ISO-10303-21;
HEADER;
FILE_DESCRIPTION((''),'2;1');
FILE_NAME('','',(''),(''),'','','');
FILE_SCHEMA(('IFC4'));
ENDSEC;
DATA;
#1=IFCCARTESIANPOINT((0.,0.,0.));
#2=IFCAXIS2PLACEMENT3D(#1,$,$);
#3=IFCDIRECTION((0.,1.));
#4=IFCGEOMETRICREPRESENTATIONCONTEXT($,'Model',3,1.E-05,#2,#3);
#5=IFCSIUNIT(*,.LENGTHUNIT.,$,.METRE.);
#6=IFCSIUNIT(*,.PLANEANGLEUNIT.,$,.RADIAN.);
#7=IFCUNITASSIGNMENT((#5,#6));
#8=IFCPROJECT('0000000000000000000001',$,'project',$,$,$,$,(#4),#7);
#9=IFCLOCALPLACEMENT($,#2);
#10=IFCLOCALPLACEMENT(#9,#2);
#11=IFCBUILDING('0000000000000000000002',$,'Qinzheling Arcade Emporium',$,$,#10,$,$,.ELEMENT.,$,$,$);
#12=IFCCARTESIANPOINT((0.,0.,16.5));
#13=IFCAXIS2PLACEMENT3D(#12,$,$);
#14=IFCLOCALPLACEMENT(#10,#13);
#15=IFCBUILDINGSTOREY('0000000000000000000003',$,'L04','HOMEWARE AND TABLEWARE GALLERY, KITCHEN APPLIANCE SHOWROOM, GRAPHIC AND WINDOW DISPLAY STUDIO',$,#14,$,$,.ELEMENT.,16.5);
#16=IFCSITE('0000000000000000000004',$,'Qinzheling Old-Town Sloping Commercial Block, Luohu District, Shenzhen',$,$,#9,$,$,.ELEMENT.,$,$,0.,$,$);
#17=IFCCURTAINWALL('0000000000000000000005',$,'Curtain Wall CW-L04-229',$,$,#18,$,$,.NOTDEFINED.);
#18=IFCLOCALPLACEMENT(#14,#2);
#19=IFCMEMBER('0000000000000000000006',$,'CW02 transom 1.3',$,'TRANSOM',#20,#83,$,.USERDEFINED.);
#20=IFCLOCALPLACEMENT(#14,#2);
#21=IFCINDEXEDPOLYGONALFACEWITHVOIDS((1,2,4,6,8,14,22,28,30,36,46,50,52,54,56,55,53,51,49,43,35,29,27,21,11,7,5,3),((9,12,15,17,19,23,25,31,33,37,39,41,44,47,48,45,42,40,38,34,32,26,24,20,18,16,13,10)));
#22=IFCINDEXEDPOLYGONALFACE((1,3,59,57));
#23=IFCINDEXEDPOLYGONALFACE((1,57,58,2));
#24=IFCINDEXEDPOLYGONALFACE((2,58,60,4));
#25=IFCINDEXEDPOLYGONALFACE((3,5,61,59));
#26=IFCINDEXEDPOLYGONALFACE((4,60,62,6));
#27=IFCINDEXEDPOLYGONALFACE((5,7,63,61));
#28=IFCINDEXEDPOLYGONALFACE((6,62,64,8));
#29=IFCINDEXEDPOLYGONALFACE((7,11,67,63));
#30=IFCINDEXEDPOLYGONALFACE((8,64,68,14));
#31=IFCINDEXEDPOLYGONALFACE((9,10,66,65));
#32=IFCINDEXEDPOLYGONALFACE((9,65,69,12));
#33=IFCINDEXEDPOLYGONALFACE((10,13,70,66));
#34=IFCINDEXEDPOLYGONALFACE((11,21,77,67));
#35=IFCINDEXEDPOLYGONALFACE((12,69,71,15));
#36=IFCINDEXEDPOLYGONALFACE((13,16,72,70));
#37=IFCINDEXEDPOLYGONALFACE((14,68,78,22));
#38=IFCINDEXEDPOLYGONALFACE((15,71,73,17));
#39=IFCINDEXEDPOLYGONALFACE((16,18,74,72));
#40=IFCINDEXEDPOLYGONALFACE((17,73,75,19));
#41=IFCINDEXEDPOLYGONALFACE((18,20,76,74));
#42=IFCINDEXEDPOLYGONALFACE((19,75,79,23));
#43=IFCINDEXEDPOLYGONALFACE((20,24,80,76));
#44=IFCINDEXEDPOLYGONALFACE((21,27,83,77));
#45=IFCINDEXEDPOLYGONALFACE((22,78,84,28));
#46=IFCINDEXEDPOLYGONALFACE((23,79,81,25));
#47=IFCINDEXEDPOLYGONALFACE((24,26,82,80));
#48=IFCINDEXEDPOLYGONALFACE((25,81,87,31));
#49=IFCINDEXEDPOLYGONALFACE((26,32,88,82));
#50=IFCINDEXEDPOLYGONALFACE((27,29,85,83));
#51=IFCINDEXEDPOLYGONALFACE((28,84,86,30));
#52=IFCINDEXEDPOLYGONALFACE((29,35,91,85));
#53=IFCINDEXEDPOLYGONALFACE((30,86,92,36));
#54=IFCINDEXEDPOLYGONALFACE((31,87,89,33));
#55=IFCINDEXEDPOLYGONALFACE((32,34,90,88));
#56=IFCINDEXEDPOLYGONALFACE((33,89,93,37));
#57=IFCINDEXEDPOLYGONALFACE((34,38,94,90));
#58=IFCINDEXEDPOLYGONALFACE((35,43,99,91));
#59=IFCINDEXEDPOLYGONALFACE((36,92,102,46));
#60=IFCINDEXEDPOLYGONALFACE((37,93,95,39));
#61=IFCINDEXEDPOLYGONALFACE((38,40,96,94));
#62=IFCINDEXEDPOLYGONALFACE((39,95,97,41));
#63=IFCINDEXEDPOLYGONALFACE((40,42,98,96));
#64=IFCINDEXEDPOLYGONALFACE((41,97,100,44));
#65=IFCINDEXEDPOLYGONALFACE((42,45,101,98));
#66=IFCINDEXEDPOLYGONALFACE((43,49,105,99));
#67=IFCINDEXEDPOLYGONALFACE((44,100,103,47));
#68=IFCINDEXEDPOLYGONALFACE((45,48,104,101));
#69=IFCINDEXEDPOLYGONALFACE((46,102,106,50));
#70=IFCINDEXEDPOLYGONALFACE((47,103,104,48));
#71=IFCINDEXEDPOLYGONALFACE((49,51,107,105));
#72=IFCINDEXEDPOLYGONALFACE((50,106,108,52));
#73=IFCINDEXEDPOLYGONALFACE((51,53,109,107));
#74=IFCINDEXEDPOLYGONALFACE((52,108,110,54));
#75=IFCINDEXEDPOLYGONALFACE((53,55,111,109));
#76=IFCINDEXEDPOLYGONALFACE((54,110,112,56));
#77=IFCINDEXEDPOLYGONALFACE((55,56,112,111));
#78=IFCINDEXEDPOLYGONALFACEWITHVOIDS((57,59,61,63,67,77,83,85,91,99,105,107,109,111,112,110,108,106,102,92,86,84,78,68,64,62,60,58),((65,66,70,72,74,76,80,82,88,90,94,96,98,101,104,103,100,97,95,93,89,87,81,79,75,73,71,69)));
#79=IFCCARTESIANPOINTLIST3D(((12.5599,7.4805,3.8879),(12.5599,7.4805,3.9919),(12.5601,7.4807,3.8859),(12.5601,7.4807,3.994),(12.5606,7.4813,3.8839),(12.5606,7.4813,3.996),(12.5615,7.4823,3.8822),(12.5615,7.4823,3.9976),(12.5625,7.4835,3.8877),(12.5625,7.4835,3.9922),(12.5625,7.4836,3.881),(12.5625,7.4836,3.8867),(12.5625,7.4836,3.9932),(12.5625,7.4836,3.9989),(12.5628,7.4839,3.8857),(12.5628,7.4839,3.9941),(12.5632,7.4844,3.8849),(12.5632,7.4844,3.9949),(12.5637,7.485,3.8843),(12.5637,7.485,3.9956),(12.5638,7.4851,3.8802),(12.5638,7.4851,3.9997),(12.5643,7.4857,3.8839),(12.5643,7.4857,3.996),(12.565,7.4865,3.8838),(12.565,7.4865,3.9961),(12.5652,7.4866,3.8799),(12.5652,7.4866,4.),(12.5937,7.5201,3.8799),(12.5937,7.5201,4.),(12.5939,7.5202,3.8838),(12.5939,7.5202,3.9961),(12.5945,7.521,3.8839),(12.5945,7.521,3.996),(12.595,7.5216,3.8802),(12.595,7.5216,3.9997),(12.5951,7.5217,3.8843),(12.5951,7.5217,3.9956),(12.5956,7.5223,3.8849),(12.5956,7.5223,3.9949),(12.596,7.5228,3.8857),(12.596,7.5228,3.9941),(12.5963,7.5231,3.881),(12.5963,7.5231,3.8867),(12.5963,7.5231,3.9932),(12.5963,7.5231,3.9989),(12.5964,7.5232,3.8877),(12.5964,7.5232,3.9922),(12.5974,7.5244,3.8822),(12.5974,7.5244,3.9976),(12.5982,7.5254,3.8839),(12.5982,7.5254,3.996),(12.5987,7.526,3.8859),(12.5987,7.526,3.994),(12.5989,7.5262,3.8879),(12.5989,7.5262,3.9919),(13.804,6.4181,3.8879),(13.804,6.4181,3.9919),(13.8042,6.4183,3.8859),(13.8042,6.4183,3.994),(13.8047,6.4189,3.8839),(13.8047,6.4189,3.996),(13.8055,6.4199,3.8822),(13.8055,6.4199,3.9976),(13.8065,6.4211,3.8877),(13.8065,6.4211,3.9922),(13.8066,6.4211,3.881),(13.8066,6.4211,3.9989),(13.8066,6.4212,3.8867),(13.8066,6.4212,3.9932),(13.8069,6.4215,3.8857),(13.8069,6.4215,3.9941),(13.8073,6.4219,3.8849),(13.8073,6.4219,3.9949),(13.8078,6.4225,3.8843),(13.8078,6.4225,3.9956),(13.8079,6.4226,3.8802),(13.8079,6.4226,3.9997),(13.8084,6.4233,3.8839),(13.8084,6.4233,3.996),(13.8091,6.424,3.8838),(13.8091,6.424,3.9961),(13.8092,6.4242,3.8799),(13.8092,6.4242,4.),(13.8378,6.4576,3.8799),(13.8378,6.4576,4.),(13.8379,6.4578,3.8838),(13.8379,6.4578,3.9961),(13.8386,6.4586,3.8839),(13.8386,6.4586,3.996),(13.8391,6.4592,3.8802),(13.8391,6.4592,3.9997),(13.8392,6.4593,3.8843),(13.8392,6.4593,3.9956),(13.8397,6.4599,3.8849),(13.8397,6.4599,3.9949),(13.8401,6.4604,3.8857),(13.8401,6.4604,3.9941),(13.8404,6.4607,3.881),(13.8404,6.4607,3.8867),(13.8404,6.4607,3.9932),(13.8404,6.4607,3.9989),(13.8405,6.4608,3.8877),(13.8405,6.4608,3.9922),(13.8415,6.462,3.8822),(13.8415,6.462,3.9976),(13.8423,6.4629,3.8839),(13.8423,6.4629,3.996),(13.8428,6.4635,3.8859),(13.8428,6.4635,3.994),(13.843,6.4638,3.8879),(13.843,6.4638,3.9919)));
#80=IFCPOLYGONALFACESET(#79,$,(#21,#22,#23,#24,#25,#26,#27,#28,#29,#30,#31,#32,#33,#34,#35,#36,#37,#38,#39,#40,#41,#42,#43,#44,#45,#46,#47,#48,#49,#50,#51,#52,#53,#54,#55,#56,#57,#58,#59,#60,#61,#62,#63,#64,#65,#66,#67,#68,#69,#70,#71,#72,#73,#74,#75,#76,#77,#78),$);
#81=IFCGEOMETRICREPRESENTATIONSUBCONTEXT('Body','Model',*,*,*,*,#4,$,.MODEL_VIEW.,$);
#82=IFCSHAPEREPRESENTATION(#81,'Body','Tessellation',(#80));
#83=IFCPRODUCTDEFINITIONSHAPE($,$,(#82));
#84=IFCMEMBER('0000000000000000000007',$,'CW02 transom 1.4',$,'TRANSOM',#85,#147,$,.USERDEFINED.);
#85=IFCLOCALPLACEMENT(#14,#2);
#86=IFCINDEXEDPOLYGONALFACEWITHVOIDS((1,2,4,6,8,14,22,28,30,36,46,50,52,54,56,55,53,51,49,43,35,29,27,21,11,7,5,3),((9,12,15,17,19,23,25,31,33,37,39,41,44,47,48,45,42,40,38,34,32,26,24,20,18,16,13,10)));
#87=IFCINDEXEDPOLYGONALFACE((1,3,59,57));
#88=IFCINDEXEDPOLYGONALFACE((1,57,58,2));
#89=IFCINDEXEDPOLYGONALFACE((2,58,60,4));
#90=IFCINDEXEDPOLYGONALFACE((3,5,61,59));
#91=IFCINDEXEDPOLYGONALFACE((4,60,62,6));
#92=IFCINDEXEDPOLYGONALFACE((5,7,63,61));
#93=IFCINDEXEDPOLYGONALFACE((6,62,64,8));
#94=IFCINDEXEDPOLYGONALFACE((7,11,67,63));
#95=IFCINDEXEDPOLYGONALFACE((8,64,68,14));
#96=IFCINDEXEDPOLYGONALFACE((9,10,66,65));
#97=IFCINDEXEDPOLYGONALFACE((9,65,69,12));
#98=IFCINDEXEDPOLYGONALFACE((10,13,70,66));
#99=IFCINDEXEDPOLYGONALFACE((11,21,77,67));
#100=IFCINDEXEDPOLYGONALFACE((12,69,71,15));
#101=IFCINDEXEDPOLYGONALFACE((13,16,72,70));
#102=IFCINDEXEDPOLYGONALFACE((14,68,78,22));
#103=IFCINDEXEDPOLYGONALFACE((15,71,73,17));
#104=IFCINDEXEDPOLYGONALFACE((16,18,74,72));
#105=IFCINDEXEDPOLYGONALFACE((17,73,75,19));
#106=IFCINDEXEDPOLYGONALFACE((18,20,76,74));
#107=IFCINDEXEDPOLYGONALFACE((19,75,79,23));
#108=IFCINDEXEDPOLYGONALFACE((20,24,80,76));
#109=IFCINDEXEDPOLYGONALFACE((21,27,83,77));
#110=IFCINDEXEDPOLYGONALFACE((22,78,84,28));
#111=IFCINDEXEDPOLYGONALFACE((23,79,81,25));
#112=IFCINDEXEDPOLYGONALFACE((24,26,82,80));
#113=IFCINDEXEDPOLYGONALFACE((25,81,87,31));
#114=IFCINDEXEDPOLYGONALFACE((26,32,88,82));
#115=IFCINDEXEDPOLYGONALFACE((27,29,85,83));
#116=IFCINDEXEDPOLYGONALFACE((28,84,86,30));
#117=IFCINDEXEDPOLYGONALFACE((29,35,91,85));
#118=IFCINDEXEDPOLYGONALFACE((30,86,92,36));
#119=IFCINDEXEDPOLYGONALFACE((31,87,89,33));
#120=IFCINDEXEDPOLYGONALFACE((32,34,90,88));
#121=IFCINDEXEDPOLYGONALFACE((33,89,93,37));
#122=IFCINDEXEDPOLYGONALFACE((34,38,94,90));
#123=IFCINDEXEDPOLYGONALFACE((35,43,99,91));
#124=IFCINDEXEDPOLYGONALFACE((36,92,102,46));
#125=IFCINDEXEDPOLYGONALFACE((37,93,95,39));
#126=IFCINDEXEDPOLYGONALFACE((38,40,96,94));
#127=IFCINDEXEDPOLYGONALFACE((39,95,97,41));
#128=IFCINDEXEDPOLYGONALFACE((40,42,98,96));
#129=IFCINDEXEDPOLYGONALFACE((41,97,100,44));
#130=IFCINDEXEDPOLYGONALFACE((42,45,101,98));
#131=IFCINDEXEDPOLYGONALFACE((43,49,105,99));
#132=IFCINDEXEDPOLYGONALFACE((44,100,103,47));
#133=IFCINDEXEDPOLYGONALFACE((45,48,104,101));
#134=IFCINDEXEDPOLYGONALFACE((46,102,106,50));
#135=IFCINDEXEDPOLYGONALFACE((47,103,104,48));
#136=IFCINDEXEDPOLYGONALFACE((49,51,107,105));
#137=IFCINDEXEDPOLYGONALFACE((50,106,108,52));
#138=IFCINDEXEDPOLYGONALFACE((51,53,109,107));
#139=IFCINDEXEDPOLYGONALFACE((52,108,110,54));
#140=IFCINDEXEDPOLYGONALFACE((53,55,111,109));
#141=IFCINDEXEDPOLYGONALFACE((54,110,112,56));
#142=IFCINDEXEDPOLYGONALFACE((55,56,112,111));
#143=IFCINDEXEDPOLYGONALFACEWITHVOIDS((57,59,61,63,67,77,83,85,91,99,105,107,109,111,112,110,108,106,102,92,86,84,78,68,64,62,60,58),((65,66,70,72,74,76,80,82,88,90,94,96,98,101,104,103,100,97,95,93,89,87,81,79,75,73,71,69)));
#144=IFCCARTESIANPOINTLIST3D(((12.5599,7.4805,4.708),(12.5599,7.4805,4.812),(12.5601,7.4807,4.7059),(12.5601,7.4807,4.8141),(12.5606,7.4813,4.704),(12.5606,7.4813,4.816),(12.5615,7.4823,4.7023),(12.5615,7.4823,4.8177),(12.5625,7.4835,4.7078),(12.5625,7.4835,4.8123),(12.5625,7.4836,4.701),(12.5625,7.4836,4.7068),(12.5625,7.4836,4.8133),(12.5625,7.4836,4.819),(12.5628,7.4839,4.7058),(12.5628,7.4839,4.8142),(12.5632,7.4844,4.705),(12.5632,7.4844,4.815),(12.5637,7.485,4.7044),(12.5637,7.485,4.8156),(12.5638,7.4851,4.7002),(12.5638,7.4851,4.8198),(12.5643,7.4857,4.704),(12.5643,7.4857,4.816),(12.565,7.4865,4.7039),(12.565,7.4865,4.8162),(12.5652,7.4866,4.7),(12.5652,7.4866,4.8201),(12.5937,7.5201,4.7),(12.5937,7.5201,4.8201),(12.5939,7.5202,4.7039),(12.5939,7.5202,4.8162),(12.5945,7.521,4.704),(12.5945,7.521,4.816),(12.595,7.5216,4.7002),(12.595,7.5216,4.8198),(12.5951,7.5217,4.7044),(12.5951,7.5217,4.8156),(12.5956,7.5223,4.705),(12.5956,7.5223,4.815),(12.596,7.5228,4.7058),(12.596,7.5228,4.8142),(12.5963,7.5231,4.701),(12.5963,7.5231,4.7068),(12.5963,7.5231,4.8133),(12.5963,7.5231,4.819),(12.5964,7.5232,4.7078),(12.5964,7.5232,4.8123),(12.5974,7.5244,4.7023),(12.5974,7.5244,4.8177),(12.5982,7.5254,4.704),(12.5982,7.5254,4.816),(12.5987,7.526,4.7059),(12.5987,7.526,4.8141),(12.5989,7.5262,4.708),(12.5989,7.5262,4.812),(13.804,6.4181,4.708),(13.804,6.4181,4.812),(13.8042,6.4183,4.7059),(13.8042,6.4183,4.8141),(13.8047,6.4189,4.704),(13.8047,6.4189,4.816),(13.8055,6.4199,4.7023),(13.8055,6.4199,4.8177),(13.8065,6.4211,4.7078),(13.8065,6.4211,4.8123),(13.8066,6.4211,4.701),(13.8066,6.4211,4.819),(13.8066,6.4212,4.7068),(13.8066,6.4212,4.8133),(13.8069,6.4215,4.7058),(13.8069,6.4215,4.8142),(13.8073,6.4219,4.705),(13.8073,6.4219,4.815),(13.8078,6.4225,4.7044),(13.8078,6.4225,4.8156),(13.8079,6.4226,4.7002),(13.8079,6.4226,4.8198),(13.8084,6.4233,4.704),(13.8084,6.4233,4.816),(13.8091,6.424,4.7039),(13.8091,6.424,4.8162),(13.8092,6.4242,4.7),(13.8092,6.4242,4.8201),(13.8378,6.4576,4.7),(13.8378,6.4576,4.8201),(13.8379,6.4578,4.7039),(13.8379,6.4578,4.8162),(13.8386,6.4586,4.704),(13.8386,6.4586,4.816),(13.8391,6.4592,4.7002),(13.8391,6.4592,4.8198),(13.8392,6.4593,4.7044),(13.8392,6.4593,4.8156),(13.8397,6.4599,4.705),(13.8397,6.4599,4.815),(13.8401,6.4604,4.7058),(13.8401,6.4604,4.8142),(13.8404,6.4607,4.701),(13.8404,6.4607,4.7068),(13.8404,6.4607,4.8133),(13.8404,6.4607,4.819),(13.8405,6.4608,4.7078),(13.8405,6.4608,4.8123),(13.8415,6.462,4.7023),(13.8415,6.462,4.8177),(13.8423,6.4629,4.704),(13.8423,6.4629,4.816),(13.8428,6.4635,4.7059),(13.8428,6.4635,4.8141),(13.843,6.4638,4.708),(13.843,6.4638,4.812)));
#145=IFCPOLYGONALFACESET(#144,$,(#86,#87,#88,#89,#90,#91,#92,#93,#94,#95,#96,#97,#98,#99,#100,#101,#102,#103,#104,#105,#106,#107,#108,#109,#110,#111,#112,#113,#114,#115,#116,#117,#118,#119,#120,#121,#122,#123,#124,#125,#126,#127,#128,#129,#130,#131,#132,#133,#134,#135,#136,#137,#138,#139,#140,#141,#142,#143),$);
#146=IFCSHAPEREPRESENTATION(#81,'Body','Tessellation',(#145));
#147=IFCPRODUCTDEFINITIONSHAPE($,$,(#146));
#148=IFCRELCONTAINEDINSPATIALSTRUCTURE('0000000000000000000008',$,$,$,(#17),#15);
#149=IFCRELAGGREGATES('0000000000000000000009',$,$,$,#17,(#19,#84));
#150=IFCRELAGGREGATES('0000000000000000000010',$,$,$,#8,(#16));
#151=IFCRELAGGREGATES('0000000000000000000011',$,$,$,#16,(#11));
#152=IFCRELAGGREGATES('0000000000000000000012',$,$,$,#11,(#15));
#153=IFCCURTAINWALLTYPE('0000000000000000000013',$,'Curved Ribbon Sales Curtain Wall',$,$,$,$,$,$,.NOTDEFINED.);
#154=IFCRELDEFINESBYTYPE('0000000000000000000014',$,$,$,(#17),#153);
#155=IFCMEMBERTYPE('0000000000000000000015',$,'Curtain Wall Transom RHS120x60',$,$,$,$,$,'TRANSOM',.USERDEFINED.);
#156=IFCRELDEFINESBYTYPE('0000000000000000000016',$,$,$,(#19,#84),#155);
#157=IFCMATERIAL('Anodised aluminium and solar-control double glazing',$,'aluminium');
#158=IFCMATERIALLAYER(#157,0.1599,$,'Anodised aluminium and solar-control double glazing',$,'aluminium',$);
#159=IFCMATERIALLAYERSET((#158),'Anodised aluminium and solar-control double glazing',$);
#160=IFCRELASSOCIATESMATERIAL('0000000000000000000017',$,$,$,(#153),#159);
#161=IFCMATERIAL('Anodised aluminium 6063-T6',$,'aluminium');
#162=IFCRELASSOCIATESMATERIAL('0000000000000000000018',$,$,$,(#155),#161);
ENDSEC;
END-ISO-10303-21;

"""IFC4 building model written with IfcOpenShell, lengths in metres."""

from ifc_helpers import new_model, si_unit, direction, frame, origin, origin_2d, place, context, subcontext, project, spatial, hollow_rectangle, extrude, material, layer, layer_set, material_profile, profile_set, type_object, element, aggregate, save


model = new_model("IFC4")

# Units and contexts
model_context = context("Model", 3, precision=1e-05, world=origin(), true_north=direction((0.0, 1.0)))
body_context = subcontext(model_context, "Body", "Model", "MODEL_VIEW")
ifc_project = project(units=[si_unit("LENGTHUNIT", "METRE"), si_unit("PLANEANGLEUNIT", "RADIAN")], contexts=[model_context])

# Site, building, storey
site_placement = place(None, origin())
site = spatial("IfcSite", under=ifc_project, at=site_placement, Name="Qinzheling Old-Town Sloping Commercial Block, Luohu District, Shenzhen", CompositionType="ELEMENT", RefElevation=0.0)
building_placement = place(site_placement, origin())
building = spatial("IfcBuilding", under=site, at=building_placement, Name="Qinzheling Arcade Emporium", CompositionType="ELEMENT")
storey_placement = place(building_placement, frame((0.0, 0.0, 16.5)))
storey = spatial("IfcBuildingStorey", under=building, at=storey_placement, Name="L04", Description="HOMEWARE AND TABLEWARE GALLERY, KITCHEN APPLIANCE SHOWROOM, GRAPHIC AND WINDOW DISPLAY STUDIO", CompositionType="ELEMENT", Elevation=16.5)

# Shared definitions
ifc_material_1 = material(Name="Anodised aluminium and solar-control double glazing", Category="aluminium")
ifc_layer_1 = layer(ifc_material_1, 0.1599, Name="Anodised aluminium and solar-control double glazing", Category="aluminium")
ifc_layer_set_1 = layer_set([ifc_layer_1], Name="Anodised aluminium and solar-control double glazing")
curtain_wall_type = type_object("IfcCurtainWallType", Name="Curved Ribbon Sales Curtain Wall", PredefinedType="NOTDEFINED", material=ifc_layer_set_1)
ifc_material_2 = material(Name="Anodised aluminium 6063-T6", Category="aluminium")

# Curtain wall
curtain_wall_1_placement = place(storey_placement, origin())
curtain_wall_1 = element("IfcCurtainWall", 1, at=curtain_wall_1_placement, inside=storey, type_object=curtain_wall_type, Name="Curtain Wall CW-L04-229", PredefinedType="NOTDEFINED")

# Members
ifc_material_profile_1 = material_profile(ifc_material_2, hollow_rectangle(XDim=0.0601, YDim=0.1201, WallThickness=0.0039, InnerFilletRadius=0.0039, OuterFilletRadius=0.0081, at=origin_2d()), Name="RHS 120x60x4", Category="aluminium")
ifc_profile_set_1 = profile_set([ifc_material_profile_1], Name="Anodised aluminium 6063-T6")
member_type_1 = type_object("IfcMemberType", Name="Curtain Wall Transom RHS120x60", ElementType="TRANSOM", PredefinedType="USERDEFINED", material=ifc_profile_set_1)
member_1_placement = place(storey_placement, frame((13.8235, 6.4409, 3.9399), z_axis=(-0.760435, 0.649414, 0.0), x_axis=(-0.649414, -0.760435, 0.0)))
member_1 = element("IfcMember", 2, at=member_1_placement, type_object=member_type_1, Name="CW02 transom 1.3", ObjectType="TRANSOM", PredefinedType="USERDEFINED", context=body_context, shape_type="SweptSolid", body=[
    extrude(hollow_rectangle(XDim=0.0601, YDim=0.1201, WallThickness=0.0039, InnerFilletRadius=0.0039, OuterFilletRadius=0.0081, at=origin_2d()), origin(), (0.0, 0.0, 1.0), 1.636),
])
member_2_placement = place(storey_placement, frame((13.8235, 6.4409, 4.76), z_axis=(-0.760435, 0.649414, 0.0), x_axis=(-0.649414, -0.760435, 0.0)))
member_2 = element("IfcMember", 3, at=member_2_placement, type_object=member_type_1, Name="CW02 transom 1.4", ObjectType="TRANSOM", PredefinedType="USERDEFINED", context=body_context, shape_type="SweptSolid", body=[
    extrude(hollow_rectangle(XDim=0.0601, YDim=0.1201, WallThickness=0.0039, InnerFilletRadius=0.0039, OuterFilletRadius=0.0081, at=origin_2d()), origin(), (0.0, 0.0, 1.0), 1.636),
])

aggregate(curtain_wall_1, [member_1, member_2])

save(model, "model.ifc")
